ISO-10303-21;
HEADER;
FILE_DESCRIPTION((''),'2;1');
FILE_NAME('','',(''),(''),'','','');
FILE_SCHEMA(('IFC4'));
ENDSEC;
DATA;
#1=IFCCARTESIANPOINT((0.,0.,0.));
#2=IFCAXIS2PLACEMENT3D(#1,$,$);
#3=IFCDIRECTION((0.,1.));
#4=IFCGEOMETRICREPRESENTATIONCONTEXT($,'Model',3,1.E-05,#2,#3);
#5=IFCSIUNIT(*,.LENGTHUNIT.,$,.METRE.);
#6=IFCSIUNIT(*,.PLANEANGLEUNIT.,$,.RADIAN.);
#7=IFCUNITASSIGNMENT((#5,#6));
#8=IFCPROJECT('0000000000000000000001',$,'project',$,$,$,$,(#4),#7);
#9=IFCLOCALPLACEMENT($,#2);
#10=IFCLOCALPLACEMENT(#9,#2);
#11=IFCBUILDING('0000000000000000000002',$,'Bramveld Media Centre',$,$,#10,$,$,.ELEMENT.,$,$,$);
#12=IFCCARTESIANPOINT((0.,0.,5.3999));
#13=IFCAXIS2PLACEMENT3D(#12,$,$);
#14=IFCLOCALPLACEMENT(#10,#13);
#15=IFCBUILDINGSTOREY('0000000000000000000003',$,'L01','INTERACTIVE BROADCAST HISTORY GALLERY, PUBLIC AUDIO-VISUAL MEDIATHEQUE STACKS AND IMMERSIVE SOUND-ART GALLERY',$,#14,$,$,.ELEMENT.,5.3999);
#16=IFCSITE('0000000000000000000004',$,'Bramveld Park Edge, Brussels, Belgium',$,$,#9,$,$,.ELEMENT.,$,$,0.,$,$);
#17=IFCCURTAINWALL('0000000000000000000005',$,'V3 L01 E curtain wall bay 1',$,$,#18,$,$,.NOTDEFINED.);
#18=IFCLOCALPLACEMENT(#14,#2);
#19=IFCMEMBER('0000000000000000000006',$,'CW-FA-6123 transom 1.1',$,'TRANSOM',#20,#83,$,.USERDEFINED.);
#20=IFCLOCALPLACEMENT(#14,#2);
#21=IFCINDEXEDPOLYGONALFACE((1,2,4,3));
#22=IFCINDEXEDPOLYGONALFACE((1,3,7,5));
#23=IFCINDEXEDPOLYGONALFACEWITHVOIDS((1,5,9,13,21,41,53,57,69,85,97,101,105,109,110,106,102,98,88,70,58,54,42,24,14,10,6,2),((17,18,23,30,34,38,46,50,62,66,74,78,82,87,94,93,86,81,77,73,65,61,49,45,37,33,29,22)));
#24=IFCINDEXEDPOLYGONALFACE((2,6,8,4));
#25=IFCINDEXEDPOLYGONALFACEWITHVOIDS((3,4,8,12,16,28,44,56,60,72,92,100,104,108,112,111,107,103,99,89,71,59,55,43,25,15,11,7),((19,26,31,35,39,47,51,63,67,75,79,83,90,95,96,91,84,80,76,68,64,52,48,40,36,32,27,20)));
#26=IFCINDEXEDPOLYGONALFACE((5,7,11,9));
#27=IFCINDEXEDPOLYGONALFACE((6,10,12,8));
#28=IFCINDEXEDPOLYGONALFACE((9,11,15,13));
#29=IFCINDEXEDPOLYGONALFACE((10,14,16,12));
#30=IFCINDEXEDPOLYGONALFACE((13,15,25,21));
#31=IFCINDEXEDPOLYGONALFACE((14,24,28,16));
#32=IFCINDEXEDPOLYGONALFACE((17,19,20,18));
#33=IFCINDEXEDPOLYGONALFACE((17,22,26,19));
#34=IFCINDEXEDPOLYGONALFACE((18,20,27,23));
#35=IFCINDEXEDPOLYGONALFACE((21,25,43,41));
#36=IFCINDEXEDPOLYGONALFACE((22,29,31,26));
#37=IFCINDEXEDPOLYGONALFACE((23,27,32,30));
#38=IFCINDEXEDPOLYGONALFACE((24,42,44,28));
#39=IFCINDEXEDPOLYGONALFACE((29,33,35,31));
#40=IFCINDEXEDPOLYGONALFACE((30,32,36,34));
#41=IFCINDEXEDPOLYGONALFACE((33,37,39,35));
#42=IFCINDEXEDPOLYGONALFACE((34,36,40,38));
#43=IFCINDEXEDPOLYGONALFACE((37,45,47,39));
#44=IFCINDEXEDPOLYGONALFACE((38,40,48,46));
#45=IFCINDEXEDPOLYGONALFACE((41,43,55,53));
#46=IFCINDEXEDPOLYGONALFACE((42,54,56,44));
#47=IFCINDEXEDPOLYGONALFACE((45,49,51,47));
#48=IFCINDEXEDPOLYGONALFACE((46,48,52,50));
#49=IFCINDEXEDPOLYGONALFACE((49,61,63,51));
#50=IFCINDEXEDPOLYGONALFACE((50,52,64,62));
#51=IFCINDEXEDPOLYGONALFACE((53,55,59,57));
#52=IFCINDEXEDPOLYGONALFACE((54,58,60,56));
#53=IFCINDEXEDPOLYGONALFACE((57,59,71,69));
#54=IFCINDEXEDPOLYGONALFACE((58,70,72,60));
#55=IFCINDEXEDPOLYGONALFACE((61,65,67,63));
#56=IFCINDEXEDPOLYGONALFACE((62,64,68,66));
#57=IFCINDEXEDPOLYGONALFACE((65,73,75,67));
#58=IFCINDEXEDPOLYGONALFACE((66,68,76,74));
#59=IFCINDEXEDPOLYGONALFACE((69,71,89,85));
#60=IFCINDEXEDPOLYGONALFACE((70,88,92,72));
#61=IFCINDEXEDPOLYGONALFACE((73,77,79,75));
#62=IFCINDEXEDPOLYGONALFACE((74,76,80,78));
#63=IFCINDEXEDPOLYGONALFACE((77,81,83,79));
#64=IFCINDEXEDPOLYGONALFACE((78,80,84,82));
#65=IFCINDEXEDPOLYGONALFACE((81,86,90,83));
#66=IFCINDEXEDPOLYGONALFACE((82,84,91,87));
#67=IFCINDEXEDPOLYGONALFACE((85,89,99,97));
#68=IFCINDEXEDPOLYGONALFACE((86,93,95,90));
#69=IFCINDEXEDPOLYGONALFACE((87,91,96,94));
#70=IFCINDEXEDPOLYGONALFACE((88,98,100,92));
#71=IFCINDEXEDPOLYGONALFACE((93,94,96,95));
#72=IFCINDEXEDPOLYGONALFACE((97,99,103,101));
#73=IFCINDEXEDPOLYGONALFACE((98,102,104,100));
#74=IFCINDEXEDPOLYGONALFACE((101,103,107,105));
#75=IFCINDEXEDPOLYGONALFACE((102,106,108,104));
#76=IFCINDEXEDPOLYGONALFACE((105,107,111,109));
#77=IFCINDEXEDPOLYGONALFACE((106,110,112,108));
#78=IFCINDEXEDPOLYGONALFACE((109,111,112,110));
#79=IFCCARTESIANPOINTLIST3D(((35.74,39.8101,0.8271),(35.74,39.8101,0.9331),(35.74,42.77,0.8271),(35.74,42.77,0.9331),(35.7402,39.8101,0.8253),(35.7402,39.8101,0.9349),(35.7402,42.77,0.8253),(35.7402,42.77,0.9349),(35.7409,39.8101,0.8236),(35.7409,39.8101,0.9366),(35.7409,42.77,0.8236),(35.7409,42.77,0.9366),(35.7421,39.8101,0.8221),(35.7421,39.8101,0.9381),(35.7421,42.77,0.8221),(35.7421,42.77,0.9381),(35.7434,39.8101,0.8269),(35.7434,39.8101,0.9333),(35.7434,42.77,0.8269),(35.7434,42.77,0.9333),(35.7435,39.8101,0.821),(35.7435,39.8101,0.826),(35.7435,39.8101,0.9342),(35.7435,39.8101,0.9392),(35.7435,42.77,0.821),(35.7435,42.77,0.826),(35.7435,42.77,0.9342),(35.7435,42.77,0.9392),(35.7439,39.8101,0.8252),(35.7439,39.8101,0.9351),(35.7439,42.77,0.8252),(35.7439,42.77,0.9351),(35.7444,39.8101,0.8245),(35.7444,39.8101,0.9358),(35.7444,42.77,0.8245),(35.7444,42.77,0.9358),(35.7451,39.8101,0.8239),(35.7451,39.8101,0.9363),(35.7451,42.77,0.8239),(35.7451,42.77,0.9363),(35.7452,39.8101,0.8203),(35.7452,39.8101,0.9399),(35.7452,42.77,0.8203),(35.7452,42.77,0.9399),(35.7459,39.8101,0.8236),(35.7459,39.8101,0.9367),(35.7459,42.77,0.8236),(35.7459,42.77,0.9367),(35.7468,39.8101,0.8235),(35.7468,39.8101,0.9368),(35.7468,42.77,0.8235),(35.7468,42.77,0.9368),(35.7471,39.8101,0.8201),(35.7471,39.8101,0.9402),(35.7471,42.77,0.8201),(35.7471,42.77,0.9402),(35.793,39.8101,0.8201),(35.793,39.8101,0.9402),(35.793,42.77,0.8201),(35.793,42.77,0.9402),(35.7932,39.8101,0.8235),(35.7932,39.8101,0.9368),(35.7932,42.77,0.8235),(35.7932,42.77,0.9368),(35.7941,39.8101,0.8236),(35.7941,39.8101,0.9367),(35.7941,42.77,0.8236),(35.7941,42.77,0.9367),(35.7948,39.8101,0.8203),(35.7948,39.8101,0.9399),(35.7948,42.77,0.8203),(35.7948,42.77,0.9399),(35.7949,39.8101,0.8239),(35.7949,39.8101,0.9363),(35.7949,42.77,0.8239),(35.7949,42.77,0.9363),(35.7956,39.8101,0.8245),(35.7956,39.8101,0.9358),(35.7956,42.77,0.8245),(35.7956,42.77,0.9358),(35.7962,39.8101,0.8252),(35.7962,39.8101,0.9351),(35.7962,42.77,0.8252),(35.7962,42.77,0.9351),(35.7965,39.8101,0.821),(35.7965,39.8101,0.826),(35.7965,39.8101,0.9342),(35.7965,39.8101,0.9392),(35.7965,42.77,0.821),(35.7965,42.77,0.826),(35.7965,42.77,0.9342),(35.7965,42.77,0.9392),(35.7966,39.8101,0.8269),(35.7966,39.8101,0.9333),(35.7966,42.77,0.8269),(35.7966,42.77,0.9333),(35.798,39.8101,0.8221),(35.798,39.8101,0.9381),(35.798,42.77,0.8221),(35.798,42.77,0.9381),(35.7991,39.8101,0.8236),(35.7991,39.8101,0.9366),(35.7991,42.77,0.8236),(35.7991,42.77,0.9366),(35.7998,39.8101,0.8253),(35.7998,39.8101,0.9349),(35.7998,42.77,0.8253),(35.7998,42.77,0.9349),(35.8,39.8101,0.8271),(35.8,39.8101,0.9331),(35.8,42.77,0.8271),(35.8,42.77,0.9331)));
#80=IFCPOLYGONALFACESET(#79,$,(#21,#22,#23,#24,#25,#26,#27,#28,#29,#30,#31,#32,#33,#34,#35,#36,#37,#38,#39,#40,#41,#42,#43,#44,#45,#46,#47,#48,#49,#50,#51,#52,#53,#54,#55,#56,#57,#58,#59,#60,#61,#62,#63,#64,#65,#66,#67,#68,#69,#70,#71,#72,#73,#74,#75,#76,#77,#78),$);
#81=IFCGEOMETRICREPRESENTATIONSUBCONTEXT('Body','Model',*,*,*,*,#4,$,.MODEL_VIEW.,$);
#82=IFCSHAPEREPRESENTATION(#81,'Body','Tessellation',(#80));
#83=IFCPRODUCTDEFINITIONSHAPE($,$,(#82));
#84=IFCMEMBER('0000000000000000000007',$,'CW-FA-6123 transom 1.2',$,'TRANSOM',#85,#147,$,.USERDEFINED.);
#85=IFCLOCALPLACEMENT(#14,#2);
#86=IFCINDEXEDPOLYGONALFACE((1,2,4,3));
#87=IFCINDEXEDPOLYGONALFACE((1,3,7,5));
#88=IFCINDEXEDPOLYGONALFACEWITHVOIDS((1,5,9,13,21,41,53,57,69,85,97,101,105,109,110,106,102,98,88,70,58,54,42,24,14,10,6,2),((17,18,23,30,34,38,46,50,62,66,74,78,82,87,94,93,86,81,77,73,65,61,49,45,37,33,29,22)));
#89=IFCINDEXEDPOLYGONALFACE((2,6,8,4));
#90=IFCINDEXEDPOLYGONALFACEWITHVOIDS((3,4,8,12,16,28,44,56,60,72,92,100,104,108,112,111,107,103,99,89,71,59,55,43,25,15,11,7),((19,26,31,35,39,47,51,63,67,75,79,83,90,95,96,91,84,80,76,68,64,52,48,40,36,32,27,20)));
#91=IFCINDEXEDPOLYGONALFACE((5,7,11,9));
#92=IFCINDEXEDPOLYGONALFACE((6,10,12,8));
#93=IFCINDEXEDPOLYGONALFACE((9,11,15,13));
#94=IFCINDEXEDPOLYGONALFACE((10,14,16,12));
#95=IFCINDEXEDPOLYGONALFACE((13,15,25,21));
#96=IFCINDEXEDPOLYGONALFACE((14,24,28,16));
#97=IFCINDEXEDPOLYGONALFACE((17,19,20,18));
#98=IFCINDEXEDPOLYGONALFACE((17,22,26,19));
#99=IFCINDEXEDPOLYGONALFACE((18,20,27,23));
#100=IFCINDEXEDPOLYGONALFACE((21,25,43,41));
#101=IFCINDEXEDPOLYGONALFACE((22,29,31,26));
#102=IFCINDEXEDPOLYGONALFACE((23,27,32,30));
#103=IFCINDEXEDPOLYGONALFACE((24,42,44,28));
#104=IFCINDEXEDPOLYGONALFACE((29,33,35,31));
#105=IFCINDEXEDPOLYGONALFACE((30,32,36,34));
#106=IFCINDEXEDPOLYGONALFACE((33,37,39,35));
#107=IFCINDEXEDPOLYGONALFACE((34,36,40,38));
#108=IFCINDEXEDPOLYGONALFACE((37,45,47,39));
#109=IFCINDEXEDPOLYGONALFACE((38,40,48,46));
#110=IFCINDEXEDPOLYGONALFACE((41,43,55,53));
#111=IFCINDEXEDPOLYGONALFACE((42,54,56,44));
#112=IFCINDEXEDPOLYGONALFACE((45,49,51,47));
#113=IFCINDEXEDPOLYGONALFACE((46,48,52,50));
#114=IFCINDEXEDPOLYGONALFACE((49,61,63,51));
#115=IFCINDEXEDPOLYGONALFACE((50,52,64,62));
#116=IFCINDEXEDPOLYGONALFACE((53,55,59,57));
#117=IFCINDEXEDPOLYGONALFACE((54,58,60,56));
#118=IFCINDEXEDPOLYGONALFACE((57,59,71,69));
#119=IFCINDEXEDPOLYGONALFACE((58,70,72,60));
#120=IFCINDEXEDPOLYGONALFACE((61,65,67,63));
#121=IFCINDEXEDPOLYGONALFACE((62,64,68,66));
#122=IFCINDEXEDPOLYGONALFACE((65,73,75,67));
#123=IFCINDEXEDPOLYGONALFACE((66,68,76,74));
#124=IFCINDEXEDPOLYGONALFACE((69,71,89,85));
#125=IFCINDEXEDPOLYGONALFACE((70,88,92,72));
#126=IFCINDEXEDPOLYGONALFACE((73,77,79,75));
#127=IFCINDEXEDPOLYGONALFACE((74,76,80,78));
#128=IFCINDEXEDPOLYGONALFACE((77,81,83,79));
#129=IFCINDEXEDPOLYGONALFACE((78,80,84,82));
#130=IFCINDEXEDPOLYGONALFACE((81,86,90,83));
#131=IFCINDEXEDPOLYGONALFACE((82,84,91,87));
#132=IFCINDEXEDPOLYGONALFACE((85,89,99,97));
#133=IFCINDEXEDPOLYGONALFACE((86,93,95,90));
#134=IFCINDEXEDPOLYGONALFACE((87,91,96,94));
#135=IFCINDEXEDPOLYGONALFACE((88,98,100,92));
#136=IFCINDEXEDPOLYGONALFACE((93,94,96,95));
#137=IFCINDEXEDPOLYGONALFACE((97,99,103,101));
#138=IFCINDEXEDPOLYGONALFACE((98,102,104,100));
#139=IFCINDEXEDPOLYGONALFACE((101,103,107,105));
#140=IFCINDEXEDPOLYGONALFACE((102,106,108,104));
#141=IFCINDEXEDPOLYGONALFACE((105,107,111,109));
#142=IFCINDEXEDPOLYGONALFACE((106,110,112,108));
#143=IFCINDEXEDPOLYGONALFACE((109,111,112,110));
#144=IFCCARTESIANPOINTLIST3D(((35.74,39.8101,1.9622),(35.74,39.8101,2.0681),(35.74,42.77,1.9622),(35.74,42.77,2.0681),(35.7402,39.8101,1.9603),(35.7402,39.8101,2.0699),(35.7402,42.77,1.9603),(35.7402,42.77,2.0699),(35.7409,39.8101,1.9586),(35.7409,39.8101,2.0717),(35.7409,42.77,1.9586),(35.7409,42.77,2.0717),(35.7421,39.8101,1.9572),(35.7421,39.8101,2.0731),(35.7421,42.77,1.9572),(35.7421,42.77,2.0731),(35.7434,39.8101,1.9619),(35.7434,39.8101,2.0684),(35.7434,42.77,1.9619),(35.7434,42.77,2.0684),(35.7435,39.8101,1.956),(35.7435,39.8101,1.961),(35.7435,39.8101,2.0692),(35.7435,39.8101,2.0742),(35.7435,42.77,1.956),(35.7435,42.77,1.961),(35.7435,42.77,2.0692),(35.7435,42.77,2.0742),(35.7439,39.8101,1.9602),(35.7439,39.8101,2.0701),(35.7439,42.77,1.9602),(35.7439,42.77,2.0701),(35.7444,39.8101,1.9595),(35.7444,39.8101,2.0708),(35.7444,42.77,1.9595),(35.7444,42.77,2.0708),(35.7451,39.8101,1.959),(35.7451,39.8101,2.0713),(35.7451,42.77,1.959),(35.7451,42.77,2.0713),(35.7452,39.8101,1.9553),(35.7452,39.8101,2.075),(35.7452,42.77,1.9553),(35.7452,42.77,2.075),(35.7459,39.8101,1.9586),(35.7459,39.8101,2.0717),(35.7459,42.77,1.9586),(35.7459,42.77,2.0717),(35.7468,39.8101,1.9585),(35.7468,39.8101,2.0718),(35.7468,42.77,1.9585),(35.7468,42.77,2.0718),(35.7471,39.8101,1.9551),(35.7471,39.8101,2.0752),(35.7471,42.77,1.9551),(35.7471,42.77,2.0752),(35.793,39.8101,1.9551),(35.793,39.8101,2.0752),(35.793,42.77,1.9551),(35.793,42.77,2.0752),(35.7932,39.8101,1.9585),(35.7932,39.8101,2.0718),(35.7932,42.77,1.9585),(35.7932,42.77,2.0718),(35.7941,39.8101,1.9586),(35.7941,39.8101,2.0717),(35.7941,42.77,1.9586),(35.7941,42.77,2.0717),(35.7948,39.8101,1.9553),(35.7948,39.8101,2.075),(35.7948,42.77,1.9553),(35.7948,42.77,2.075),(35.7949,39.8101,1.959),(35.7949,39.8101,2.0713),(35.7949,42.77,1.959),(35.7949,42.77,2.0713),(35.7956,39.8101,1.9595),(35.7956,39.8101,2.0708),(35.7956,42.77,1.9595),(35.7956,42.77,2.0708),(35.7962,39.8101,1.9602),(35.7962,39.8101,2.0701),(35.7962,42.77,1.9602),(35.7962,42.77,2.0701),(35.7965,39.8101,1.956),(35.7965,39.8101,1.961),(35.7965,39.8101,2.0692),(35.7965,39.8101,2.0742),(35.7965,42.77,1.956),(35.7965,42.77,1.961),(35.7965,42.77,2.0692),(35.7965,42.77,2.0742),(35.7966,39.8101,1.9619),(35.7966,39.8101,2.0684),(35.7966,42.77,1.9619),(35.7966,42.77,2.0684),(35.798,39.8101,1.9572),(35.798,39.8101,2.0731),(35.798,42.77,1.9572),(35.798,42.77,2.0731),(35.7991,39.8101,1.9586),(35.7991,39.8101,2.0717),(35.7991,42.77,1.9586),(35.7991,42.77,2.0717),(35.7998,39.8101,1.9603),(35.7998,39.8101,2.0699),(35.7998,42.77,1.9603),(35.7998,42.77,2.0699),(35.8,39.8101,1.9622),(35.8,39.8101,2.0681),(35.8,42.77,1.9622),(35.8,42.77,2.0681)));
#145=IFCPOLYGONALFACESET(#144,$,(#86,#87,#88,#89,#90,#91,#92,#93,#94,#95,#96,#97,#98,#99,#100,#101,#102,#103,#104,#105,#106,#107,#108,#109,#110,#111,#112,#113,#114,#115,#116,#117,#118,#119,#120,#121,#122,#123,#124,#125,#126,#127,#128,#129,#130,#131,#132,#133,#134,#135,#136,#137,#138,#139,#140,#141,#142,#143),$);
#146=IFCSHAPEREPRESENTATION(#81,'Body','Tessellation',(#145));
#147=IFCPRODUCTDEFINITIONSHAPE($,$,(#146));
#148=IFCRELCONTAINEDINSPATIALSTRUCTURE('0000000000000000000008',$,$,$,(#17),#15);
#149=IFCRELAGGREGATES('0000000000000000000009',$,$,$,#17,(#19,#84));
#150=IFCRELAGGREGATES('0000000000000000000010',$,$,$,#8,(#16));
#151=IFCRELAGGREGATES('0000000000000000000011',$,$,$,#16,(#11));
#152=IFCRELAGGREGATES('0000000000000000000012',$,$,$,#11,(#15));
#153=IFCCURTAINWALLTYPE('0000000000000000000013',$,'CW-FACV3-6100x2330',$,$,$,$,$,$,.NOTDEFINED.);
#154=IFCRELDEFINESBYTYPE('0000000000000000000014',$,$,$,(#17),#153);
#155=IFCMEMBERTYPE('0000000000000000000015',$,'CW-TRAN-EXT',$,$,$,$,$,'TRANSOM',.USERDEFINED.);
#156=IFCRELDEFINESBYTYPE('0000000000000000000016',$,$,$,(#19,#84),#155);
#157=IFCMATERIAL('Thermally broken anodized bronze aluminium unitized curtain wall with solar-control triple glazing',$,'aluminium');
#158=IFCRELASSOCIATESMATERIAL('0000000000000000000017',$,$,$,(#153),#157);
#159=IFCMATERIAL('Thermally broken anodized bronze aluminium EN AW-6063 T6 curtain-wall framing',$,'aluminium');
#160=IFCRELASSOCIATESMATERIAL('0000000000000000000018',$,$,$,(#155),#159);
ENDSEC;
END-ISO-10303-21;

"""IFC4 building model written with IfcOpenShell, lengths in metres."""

from ifc_helpers import new_model, si_unit, direction, frame, origin, origin_2d, place, context, subcontext, project, spatial, hollow_rectangle, extrude, material, material_profile, profile_set, type_object, element, aggregate, save


model = new_model("IFC4")

# Units and contexts
model_context = context("Model", 3, precision=1e-05, world=origin(), true_north=direction((0.0, 1.0)))
body_context = subcontext(model_context, "Body", "Model", "MODEL_VIEW")
ifc_project = project(units=[si_unit("LENGTHUNIT", "METRE"), si_unit("PLANEANGLEUNIT", "RADIAN")], contexts=[model_context])

# Site, building, storey
site_placement = place(None, origin())
site = spatial("IfcSite", under=ifc_project, at=site_placement, Name="Bramveld Park Edge, Brussels, Belgium", CompositionType="ELEMENT", RefElevation=0.0)
building_placement = place(site_placement, origin())
building = spatial("IfcBuilding", under=site, at=building_placement, Name="Bramveld Media Centre", CompositionType="ELEMENT")
storey_placement = place(building_placement, frame((0.0, 0.0, 5.3999)))
storey = spatial("IfcBuildingStorey", under=building, at=storey_placement, Name="L01", Description="INTERACTIVE BROADCAST HISTORY GALLERY, PUBLIC AUDIO-VISUAL MEDIATHEQUE STACKS AND IMMERSIVE SOUND-ART GALLERY", CompositionType="ELEMENT", Elevation=5.3999)

# Curtain wall, members
ifc_material_1 = material(Name="Thermally broken anodized bronze aluminium unitized curtain wall with solar-control triple glazing", Category="aluminium")
curtain_wall_type = type_object("IfcCurtainWallType", Name="CW-FACV3-6100x2330", PredefinedType="NOTDEFINED", material=ifc_material_1)
curtain_wall_placement = place(storey_placement, origin())
curtain_wall = element("IfcCurtainWall", 1, at=curtain_wall_placement, inside=storey, type_object=curtain_wall_type, Name="V3 L01 E curtain wall bay 1", PredefinedType="NOTDEFINED")
ifc_material_2 = material(Name="Thermally broken anodized bronze aluminium EN AW-6063 T6 curtain-wall framing", Category="aluminium")
ifc_material_profile_1 = material_profile(ifc_material_2, hollow_rectangle(XDim=0.0601, YDim=0.1201, WallThickness=0.0034, InnerFilletRadius=0.0034, OuterFilletRadius=0.0071, at=origin_2d()), Name="AL-TRAN 60x120")
ifc_profile_set_1 = profile_set([ifc_material_profile_1], Name="Thermally broken anodized bronze aluminium EN AW-6063 T6 curtain-wall framing")
member_type_1 = type_object("IfcMemberType", Name="CW-TRAN-EXT", ElementType="TRANSOM", PredefinedType="USERDEFINED", material=ifc_profile_set_1)
member_1_placement = place(storey_placement, frame((35.77, 39.8101, 0.8801), z_axis=(0.0, 1.0, 0.0), x_axis=(-1.0, 0.0, 0.0)))
member_1 = element("IfcMember", 2, at=member_1_placement, type_object=member_type_1, Name="CW-FA-6123 transom 1.1", ObjectType="TRANSOM", PredefinedType="USERDEFINED", context=body_context, shape_type="SweptSolid", body=[
    extrude(hollow_rectangle(XDim=0.0601, YDim=0.1201, WallThickness=0.0034, InnerFilletRadius=0.0034, OuterFilletRadius=0.0071, at=origin_2d()), origin(), (0.0, 0.0, 1.0), 2.96),
])
member_2_placement = place(storey_placement, frame((35.77, 39.8101, 2.0151), z_axis=(0.0, 1.0, 0.0), x_axis=(-1.0, 0.0, 0.0)))
member_2 = element("IfcMember", 3, at=member_2_placement, type_object=member_type_1, Name="CW-FA-6123 transom 1.2", ObjectType="TRANSOM", PredefinedType="USERDEFINED", context=body_context, shape_type="SweptSolid", body=[
    extrude(hollow_rectangle(XDim=0.0601, YDim=0.1201, WallThickness=0.0034, InnerFilletRadius=0.0034, OuterFilletRadius=0.0071, at=origin_2d()), origin(), (0.0, 0.0, 1.0), 2.96),
])

aggregate(curtain_wall, [member_1, member_2])

save(model, "model.ifc")
